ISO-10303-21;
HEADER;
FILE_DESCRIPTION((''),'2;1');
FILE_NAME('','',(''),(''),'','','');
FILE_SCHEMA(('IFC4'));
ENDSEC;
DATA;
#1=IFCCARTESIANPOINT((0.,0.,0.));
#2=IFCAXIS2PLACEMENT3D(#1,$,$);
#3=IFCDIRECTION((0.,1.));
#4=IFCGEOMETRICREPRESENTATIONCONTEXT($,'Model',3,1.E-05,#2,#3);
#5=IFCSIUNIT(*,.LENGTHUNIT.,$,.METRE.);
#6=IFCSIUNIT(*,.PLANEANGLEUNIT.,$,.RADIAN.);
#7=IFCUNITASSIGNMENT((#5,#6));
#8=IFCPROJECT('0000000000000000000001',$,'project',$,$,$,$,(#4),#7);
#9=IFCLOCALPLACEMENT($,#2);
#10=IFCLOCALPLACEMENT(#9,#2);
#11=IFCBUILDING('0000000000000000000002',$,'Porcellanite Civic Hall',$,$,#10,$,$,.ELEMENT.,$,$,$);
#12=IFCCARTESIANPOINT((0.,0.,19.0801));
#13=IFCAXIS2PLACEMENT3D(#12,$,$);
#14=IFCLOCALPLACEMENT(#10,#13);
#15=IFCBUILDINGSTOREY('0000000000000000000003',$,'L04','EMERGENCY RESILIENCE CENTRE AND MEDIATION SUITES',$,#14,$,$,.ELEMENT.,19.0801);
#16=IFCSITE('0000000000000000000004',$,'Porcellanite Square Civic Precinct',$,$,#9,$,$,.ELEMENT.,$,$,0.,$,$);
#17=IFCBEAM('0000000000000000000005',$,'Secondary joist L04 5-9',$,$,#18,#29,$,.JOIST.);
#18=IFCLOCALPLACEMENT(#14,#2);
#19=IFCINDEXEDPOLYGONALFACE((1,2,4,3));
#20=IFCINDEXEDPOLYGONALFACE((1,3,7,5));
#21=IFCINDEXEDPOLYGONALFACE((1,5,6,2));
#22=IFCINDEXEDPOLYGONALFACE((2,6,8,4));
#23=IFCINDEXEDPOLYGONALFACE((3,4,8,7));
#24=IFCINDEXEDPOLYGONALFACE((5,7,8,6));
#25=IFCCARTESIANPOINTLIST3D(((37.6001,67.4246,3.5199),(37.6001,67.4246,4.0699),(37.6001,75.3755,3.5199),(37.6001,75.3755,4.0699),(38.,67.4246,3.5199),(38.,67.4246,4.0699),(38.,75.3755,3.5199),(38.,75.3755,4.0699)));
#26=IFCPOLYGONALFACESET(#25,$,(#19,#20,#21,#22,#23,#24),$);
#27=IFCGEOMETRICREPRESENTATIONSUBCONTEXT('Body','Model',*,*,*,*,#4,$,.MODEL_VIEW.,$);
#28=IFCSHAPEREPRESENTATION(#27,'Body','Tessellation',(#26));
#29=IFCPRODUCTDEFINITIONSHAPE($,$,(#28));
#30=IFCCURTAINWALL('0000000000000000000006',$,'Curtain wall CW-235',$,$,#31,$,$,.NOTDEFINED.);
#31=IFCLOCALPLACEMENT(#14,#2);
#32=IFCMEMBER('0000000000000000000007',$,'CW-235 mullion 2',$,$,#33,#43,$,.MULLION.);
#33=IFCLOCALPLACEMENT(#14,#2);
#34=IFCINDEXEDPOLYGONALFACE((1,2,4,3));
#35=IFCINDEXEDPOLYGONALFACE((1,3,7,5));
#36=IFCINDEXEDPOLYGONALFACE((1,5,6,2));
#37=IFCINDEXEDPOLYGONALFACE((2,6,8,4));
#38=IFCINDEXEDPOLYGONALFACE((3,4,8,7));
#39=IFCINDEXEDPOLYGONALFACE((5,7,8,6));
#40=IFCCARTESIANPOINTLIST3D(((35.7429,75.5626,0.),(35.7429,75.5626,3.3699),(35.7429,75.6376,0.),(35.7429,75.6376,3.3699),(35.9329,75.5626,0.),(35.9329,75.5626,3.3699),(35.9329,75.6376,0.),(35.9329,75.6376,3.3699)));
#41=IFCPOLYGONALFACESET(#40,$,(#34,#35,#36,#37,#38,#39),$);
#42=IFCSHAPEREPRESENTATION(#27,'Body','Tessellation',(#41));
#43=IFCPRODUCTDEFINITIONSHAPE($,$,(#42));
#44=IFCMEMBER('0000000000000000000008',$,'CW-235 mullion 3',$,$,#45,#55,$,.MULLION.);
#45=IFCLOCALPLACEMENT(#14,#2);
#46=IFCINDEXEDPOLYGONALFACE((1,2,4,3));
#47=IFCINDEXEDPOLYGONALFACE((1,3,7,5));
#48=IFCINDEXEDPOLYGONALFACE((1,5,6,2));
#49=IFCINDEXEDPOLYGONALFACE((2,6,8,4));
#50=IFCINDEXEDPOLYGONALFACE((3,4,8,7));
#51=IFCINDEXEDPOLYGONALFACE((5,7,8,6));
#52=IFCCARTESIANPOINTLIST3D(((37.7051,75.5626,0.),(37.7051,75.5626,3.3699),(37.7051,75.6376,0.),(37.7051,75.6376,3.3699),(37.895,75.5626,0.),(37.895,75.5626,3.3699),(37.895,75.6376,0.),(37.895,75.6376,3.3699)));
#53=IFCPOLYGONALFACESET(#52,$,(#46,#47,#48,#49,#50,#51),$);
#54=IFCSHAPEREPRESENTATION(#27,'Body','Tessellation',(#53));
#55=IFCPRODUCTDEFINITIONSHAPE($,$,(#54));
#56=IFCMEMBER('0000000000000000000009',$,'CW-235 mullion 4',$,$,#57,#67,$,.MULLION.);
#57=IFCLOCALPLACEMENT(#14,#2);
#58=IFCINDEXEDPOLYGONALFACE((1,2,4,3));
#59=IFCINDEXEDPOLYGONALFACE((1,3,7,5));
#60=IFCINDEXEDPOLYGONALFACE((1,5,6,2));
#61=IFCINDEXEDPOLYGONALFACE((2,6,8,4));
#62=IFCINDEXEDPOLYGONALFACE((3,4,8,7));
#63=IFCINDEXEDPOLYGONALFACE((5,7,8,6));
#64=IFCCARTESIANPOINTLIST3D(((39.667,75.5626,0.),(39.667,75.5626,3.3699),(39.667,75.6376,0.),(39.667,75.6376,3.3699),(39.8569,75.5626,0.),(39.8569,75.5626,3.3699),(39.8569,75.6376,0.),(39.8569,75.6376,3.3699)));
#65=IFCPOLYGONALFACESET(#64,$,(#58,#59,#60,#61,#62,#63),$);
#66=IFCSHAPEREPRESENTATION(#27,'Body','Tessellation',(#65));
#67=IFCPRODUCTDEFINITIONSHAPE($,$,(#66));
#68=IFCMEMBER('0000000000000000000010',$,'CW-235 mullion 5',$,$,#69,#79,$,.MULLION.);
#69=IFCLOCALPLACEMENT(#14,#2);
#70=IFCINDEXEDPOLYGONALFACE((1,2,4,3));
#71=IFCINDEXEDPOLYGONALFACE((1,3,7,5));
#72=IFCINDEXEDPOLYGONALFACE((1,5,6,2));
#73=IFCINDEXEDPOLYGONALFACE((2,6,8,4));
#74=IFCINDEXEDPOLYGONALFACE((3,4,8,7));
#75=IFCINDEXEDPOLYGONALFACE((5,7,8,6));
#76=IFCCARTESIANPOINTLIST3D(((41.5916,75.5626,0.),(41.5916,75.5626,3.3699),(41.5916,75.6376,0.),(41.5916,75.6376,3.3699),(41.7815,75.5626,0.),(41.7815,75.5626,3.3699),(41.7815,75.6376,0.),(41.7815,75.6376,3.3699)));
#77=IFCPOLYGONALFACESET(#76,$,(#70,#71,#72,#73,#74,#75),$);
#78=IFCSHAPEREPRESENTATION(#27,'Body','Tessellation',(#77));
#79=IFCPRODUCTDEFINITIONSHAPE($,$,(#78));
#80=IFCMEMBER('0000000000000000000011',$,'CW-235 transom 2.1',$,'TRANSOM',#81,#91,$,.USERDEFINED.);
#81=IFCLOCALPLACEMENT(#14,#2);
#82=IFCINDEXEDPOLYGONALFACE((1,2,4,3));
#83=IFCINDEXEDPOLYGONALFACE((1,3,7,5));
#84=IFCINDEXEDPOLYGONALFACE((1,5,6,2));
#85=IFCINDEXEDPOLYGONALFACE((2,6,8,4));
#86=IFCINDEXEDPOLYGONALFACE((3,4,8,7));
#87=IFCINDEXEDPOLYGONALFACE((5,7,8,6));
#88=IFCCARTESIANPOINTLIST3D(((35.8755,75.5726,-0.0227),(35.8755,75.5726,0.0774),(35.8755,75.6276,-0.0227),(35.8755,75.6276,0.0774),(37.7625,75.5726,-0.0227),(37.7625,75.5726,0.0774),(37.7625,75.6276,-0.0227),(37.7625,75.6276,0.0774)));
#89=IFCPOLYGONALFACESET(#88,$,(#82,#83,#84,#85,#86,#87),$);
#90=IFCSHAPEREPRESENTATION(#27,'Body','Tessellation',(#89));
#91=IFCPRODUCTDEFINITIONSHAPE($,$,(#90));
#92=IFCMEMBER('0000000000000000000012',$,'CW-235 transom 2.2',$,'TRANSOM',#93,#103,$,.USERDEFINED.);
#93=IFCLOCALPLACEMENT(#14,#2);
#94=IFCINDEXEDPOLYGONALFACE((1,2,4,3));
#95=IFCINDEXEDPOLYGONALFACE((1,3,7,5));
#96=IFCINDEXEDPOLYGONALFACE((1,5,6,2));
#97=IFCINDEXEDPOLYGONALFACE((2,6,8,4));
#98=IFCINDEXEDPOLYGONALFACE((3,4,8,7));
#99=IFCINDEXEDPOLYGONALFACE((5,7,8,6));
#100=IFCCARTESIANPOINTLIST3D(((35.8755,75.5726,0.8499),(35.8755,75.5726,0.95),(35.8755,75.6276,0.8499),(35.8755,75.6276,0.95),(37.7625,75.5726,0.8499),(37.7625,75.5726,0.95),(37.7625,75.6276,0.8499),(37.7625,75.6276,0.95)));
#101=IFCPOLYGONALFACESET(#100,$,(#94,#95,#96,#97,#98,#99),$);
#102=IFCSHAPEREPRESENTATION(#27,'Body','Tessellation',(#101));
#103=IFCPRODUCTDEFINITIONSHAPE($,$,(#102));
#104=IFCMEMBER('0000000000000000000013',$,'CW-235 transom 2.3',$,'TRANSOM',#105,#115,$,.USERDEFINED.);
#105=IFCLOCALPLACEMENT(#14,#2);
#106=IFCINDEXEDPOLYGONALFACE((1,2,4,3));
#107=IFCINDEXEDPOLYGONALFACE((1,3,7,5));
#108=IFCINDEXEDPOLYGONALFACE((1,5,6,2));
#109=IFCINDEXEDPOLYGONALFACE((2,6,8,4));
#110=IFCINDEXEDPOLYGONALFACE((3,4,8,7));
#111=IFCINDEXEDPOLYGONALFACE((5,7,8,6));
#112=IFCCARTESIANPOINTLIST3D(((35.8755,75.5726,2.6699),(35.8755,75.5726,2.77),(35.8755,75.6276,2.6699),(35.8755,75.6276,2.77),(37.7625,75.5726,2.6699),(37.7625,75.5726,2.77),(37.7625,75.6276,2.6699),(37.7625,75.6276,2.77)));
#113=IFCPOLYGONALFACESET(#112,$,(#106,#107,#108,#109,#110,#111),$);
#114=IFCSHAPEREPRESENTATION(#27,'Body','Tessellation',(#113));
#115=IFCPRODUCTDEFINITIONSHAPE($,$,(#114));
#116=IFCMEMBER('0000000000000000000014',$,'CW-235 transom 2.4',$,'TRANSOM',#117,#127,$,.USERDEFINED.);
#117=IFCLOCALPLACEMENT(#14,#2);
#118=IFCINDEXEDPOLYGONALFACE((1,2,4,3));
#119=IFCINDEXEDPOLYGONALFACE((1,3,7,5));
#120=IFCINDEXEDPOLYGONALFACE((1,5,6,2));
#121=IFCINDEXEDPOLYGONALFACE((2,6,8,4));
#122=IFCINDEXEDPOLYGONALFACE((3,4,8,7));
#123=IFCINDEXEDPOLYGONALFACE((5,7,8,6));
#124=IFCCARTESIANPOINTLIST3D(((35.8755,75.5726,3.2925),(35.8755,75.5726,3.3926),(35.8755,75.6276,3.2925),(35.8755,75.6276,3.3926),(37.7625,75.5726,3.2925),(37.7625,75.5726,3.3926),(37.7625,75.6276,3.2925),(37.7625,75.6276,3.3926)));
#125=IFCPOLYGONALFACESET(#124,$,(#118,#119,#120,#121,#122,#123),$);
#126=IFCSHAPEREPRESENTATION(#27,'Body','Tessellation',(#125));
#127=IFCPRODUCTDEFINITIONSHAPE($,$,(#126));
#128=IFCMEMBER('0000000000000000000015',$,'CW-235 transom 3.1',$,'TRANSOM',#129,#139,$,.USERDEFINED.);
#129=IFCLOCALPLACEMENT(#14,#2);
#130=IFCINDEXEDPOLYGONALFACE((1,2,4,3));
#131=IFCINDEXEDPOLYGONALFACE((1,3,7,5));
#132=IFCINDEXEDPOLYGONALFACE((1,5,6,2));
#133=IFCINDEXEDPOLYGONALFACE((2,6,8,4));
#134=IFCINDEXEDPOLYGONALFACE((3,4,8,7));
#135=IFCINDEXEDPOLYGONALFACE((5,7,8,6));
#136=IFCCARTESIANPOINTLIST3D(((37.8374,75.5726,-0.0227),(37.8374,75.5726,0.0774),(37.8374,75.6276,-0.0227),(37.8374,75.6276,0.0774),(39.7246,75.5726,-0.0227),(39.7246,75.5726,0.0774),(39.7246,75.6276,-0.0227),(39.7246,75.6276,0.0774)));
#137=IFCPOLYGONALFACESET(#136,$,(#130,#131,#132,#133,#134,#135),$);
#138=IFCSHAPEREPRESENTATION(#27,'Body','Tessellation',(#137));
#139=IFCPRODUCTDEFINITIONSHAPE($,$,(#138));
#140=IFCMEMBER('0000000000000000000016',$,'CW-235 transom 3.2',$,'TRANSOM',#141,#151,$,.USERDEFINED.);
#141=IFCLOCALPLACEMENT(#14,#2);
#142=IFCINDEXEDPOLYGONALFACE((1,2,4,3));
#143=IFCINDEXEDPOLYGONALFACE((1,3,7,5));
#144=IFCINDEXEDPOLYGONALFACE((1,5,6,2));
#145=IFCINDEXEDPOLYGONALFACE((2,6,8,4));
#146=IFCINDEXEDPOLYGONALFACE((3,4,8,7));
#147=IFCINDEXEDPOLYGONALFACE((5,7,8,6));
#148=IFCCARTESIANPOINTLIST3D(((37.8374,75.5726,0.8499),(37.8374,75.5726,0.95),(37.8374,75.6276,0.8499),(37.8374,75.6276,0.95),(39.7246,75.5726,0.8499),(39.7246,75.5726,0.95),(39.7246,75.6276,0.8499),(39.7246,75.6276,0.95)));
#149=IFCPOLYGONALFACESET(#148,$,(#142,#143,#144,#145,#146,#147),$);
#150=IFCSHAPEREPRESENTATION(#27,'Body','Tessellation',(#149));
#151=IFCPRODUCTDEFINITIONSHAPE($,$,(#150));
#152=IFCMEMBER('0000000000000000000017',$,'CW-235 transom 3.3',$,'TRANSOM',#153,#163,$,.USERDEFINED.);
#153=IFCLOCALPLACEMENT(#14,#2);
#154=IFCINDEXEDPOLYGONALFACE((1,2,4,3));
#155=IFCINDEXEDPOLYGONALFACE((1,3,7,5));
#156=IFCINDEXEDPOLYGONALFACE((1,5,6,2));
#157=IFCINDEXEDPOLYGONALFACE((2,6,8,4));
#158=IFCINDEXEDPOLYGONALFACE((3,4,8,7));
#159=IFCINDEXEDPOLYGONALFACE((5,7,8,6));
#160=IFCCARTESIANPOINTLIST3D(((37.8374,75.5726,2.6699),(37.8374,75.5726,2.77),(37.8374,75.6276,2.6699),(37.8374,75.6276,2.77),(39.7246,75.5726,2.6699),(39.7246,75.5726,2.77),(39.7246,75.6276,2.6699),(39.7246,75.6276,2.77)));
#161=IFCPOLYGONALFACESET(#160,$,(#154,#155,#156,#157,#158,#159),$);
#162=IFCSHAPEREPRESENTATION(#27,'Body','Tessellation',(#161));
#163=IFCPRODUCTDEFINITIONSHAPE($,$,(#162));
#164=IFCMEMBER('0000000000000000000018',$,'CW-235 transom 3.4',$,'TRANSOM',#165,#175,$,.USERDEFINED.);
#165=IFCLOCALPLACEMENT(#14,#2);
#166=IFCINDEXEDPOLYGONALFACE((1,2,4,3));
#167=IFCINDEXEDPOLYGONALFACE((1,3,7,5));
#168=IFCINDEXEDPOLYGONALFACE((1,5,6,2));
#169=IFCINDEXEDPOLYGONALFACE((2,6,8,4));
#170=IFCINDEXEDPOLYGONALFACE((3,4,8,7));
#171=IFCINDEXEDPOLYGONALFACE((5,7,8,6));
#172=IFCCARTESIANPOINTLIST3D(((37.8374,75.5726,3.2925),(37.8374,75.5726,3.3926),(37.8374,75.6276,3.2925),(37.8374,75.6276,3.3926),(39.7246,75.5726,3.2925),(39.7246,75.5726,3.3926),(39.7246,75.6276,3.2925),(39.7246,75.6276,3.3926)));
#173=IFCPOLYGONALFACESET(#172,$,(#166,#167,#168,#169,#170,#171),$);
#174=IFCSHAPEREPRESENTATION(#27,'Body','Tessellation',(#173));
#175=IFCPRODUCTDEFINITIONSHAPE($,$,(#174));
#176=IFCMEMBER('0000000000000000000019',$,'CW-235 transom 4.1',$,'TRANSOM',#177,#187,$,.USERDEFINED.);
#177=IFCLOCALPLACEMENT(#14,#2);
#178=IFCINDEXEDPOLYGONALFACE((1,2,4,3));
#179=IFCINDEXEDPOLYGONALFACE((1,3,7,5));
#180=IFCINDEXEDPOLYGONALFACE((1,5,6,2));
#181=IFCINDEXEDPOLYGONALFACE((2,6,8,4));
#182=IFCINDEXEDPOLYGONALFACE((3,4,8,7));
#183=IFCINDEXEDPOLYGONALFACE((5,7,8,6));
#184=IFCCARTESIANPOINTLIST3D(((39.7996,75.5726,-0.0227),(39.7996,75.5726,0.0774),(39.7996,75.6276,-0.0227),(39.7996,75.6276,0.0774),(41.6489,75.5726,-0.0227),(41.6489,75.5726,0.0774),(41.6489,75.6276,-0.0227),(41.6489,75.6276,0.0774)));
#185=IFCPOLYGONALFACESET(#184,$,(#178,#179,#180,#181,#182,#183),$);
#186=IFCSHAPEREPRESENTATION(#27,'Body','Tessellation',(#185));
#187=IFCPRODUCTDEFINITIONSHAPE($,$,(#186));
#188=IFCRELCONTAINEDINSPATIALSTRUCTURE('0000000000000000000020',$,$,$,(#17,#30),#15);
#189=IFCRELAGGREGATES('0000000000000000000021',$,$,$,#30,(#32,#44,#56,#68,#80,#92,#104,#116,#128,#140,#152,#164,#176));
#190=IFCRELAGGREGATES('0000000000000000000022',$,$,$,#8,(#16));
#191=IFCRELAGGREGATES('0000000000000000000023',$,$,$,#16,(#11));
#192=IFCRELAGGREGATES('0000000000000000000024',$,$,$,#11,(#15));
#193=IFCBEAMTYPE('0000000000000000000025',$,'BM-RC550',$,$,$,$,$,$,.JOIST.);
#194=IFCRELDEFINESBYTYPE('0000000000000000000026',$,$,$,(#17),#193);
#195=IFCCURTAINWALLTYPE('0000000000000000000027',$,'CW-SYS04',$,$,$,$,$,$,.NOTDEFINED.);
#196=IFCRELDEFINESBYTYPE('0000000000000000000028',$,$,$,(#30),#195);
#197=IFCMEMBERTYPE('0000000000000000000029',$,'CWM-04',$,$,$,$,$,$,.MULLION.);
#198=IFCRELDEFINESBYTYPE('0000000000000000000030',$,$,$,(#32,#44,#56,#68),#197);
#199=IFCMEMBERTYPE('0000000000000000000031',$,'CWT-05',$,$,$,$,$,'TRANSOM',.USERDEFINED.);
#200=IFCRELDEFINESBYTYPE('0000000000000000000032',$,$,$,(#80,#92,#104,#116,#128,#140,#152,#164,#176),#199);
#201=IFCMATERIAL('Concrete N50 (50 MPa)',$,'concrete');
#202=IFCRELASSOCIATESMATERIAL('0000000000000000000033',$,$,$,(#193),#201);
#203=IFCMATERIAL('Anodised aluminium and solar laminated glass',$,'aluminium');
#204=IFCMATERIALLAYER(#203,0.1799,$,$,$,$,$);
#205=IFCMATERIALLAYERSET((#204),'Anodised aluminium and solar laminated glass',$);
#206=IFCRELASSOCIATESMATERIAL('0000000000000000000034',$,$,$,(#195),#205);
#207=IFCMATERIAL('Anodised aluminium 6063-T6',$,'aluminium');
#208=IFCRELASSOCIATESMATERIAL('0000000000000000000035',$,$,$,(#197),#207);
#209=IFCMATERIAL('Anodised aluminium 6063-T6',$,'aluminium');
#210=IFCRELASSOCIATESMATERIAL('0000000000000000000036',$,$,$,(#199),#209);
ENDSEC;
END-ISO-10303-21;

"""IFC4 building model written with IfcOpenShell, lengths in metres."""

from ifc_helpers import new_model, si_unit, direction, frame, origin, origin_2d, place, context, subcontext, project, spatial, rectangle, extrude, material, layer, layer_set, material_profile, profile_set, type_object, element, aggregate, save


model = new_model("IFC4")

# Units and contexts
model_context = context("Model", 3, precision=1e-05, world=origin(), true_north=direction((0.0, 1.0)))
body_context = subcontext(model_context, "Body", "Model", "MODEL_VIEW")
ifc_project = project(units=[si_unit("LENGTHUNIT", "METRE"), si_unit("PLANEANGLEUNIT", "RADIAN")], contexts=[model_context])

# Site, building, storey
site_placement = place(None, origin())
site = spatial("IfcSite", under=ifc_project, at=site_placement, Name="Porcellanite Square Civic Precinct", CompositionType="ELEMENT", RefElevation=0.0)
building_placement = place(site_placement, origin())
building = spatial("IfcBuilding", under=site, at=building_placement, Name="Porcellanite Civic Hall", CompositionType="ELEMENT")
storey_placement = place(building_placement, frame((0.0, 0.0, 19.0801)))
storey = spatial("IfcBuildingStorey", under=building, at=storey_placement, Name="L04", Description="EMERGENCY RESILIENCE CENTRE AND MEDIATION SUITES", CompositionType="ELEMENT", Elevation=19.0801)

# Beam
ifc_material_1 = material(Name="Concrete N50 (50 MPa)", Category="concrete")
ifc_material_profile_1 = material_profile(ifc_material_1, rectangle(XDim=0.3999, YDim=0.55, at=origin_2d()), Name="RC-400x550")
ifc_profile_set_1 = profile_set([ifc_material_profile_1], Name="Concrete N50 (50 MPa)")
beam_type = type_object("IfcBeamType", Name="BM-RC550", PredefinedType="JOIST", material=ifc_profile_set_1)
beam_placement = place(storey_placement, frame((37.8, 67.4246, 3.7949), z_axis=(0.0, 1.0, 0.0), x_axis=(-1.0, 0.0, 0.0)))
element("IfcBeam", 1, at=beam_placement, inside=storey, type_object=beam_type, Name="Secondary joist L04 5-9", PredefinedType="JOIST", context=body_context, shape_type="SweptSolid", body=[
    extrude(rectangle(XDim=0.3999, YDim=0.55, at=origin_2d()), origin(), (0.0, 0.0, 1.0), 7.9509),
])

# Curtain wall, members
ifc_material_2 = material(Name="Anodised aluminium and solar laminated glass", Category="aluminium")
ifc_layer_1 = layer(ifc_material_2, 0.1799)
ifc_layer_set_1 = layer_set([ifc_layer_1], Name="Anodised aluminium and solar laminated glass")
curtain_wall_type = type_object("IfcCurtainWallType", Name="CW-SYS04", PredefinedType="NOTDEFINED", material=ifc_layer_set_1)
curtain_wall_placement = place(storey_placement, origin())
curtain_wall = element("IfcCurtainWall", 2, at=curtain_wall_placement, inside=storey, type_object=curtain_wall_type, Name="Curtain wall CW-235", PredefinedType="NOTDEFINED")
ifc_material_3 = material(Name="Anodised aluminium 6063-T6", Category="aluminium")
ifc_material_profile_2 = material_profile(ifc_material_3, rectangle(XDim=0.075, YDim=0.1899, at=origin_2d()), Name="AL-75x190")
ifc_profile_set_2 = profile_set([ifc_material_profile_2], Name="Anodised aluminium 6063-T6")
member_type_1 = type_object("IfcMemberType", Name="CWM-04", PredefinedType="MULLION", material=ifc_profile_set_2)
member_1_placement = place(storey_placement, frame((35.8379, 75.6001, 0.0), z_axis=(0.0, 0.0, 1.0), x_axis=(0.0, 1.0, 0.0)))
member_1 = element("IfcMember", 3, at=member_1_placement, type_object=member_type_1, Name="CW-235 mullion 2", PredefinedType="MULLION", context=body_context, shape_type="SweptSolid", body=[
    extrude(rectangle(XDim=0.075, YDim=0.1899, at=origin_2d()), origin(), (0.0, 0.0, 1.0), 3.3699),
])
member_2_placement = place(storey_placement, frame((37.8, 75.6001, 0.0), z_axis=(0.0, 0.0, 1.0), x_axis=(0.0, 1.0, 0.0)))
member_2 = element("IfcMember", 4, at=member_2_placement, type_object=member_type_1, Name="CW-235 mullion 3", PredefinedType="MULLION", context=body_context, shape_type="SweptSolid", body=[
    extrude(rectangle(XDim=0.075, YDim=0.1899, at=origin_2d()), origin(), (0.0, 0.0, 1.0), 3.3699),
])
member_3_placement = place(storey_placement, frame((39.762, 75.6001, 0.0), z_axis=(0.0, 0.0, 1.0), x_axis=(0.0, 1.0, 0.0)))
member_3 = element("IfcMember", 5, at=member_3_placement, type_object=member_type_1, Name="CW-235 mullion 4", PredefinedType="MULLION", context=body_context, shape_type="SweptSolid", body=[
    extrude(rectangle(XDim=0.075, YDim=0.1899, at=origin_2d()), origin(), (0.0, 0.0, 1.0), 3.3699),
])
member_4_placement = place(storey_placement, frame((41.6865, 75.6001, 0.0), z_axis=(0.0, 0.0, 1.0), x_axis=(0.0, 1.0, 0.0)))
member_4 = element("IfcMember", 6, at=member_4_placement, type_object=member_type_1, Name="CW-235 mullion 5", PredefinedType="MULLION", context=body_context, shape_type="SweptSolid", body=[
    extrude(rectangle(XDim=0.075, YDim=0.1899, at=origin_2d()), origin(), (0.0, 0.0, 1.0), 3.3699),
])
ifc_material_4 = material(Name="Anodised aluminium 6063-T6", Category="aluminium")
ifc_material_profile_3 = material_profile(ifc_material_4, rectangle(XDim=0.0549, YDim=0.1001, at=origin_2d()), Name="AL-55x100")
ifc_profile_set_3 = profile_set([ifc_material_profile_3], Name="Anodised aluminium 6063-T6")
member_type_2 = type_object("IfcMemberType", Name="CWT-05", ElementType="TRANSOM", PredefinedType="USERDEFINED", material=ifc_profile_set_3)
member_5_placement = place(storey_placement, frame((35.8755, 75.6001, 0.0273), z_axis=(1.0, 0.0, 0.0), x_axis=(0.0, 1.0, 0.0)))
member_5 = element("IfcMember", 7, at=member_5_placement, type_object=member_type_2, Name="CW-235 transom 2.1", ObjectType="TRANSOM", PredefinedType="USERDEFINED", context=body_context, shape_type="SweptSolid", body=[
    extrude(rectangle(XDim=0.0549, YDim=0.1001, at=origin_2d()), origin(), (0.0, 0.0, 1.0), 1.887),
])
member_6_placement = place(storey_placement, frame((35.8755, 75.6001, 0.8999), z_axis=(1.0, 0.0, 0.0), x_axis=(0.0, 1.0, 0.0)))
member_6 = element("IfcMember", 8, at=member_6_placement, type_object=member_type_2, Name="CW-235 transom 2.2", ObjectType="TRANSOM", PredefinedType="USERDEFINED", context=body_context, shape_type="SweptSolid", body=[
    extrude(rectangle(XDim=0.0549, YDim=0.1001, at=origin_2d()), origin(), (0.0, 0.0, 1.0), 1.887),
])
member_7_placement = place(storey_placement, frame((35.8755, 75.6001, 2.72), z_axis=(1.0, 0.0, 0.0), x_axis=(0.0, 1.0, 0.0)))
member_7 = element("IfcMember", 9, at=member_7_placement, type_object=member_type_2, Name="CW-235 transom 2.3", ObjectType="TRANSOM", PredefinedType="USERDEFINED", context=body_context, shape_type="SweptSolid", body=[
    extrude(rectangle(XDim=0.0549, YDim=0.1001, at=origin_2d()), origin(), (0.0, 0.0, 1.0), 1.887),
])
member_8_placement = place(storey_placement, frame((35.8755, 75.6001, 3.3425), z_axis=(1.0, 0.0, 0.0), x_axis=(0.0, 1.0, 0.0)))
member_8 = element("IfcMember", 10, at=member_8_placement, type_object=member_type_2, Name="CW-235 transom 2.4", ObjectType="TRANSOM", PredefinedType="USERDEFINED", context=body_context, shape_type="SweptSolid", body=[
    extrude(rectangle(XDim=0.0549, YDim=0.1001, at=origin_2d()), origin(), (0.0, 0.0, 1.0), 1.887),
])
member_9_placement = place(storey_placement, frame((37.8374, 75.6001, 0.0273), z_axis=(1.0, 0.0, 0.0), x_axis=(0.0, 1.0, 0.0)))
member_9 = element("IfcMember", 11, at=member_9_placement, type_object=member_type_2, Name="CW-235 transom 3.1", ObjectType="TRANSOM", PredefinedType="USERDEFINED", context=body_context, shape_type="SweptSolid", body=[
    extrude(rectangle(XDim=0.0549, YDim=0.1001, at=origin_2d()), origin(), (0.0, 0.0, 1.0), 1.8872),
])
member_10_placement = place(storey_placement, frame((37.8374, 75.6001, 0.8999), z_axis=(1.0, 0.0, 0.0), x_axis=(0.0, 1.0, 0.0)))
member_10 = element("IfcMember", 12, at=member_10_placement, type_object=member_type_2, Name="CW-235 transom 3.2", ObjectType="TRANSOM", PredefinedType="USERDEFINED", context=body_context, shape_type="SweptSolid", body=[
    extrude(rectangle(XDim=0.0549, YDim=0.1001, at=origin_2d()), origin(), (0.0, 0.0, 1.0), 1.8872),
])
member_11_placement = place(storey_placement, frame((37.8374, 75.6001, 2.72), z_axis=(1.0, 0.0, 0.0), x_axis=(0.0, 1.0, 0.0)))
member_11 = element("IfcMember", 13, at=member_11_placement, type_object=member_type_2, Name="CW-235 transom 3.3", ObjectType="TRANSOM", PredefinedType="USERDEFINED", context=body_context, shape_type="SweptSolid", body=[
    extrude(rectangle(XDim=0.0549, YDim=0.1001, at=origin_2d()), origin(), (0.0, 0.0, 1.0), 1.8872),
])
member_12_placement = place(storey_placement, frame((37.8374, 75.6001, 3.3425), z_axis=(1.0, 0.0, 0.0), x_axis=(0.0, 1.0, 0.0)))
member_12 = element("IfcMember", 14, at=member_12_placement, type_object=member_type_2, Name="CW-235 transom 3.4", ObjectType="TRANSOM", PredefinedType="USERDEFINED", context=body_context, shape_type="SweptSolid", body=[
    extrude(rectangle(XDim=0.0549, YDim=0.1001, at=origin_2d()), origin(), (0.0, 0.0, 1.0), 1.8872),
])
member_13_placement = place(storey_placement, frame((39.7996, 75.6001, 0.0273), z_axis=(1.0, 0.0, 0.0), x_axis=(0.0, 1.0, 0.0)))
member_13 = element("IfcMember", 15, at=member_13_placement, type_object=member_type_2, Name="CW-235 transom 4.1", ObjectType="TRANSOM", PredefinedType="USERDEFINED", context=body_context, shape_type="SweptSolid", body=[
    extrude(rectangle(XDim=0.0549, YDim=0.1001, at=origin_2d()), origin(), (0.0, 0.0, 1.0), 1.8494),
])
aggregate(curtain_wall, [member_1, member_2, member_3, member_4, member_5, member_6, member_7, member_8, member_9, member_10, member_11, member_12, member_13])

save(model, "model.ifc")
